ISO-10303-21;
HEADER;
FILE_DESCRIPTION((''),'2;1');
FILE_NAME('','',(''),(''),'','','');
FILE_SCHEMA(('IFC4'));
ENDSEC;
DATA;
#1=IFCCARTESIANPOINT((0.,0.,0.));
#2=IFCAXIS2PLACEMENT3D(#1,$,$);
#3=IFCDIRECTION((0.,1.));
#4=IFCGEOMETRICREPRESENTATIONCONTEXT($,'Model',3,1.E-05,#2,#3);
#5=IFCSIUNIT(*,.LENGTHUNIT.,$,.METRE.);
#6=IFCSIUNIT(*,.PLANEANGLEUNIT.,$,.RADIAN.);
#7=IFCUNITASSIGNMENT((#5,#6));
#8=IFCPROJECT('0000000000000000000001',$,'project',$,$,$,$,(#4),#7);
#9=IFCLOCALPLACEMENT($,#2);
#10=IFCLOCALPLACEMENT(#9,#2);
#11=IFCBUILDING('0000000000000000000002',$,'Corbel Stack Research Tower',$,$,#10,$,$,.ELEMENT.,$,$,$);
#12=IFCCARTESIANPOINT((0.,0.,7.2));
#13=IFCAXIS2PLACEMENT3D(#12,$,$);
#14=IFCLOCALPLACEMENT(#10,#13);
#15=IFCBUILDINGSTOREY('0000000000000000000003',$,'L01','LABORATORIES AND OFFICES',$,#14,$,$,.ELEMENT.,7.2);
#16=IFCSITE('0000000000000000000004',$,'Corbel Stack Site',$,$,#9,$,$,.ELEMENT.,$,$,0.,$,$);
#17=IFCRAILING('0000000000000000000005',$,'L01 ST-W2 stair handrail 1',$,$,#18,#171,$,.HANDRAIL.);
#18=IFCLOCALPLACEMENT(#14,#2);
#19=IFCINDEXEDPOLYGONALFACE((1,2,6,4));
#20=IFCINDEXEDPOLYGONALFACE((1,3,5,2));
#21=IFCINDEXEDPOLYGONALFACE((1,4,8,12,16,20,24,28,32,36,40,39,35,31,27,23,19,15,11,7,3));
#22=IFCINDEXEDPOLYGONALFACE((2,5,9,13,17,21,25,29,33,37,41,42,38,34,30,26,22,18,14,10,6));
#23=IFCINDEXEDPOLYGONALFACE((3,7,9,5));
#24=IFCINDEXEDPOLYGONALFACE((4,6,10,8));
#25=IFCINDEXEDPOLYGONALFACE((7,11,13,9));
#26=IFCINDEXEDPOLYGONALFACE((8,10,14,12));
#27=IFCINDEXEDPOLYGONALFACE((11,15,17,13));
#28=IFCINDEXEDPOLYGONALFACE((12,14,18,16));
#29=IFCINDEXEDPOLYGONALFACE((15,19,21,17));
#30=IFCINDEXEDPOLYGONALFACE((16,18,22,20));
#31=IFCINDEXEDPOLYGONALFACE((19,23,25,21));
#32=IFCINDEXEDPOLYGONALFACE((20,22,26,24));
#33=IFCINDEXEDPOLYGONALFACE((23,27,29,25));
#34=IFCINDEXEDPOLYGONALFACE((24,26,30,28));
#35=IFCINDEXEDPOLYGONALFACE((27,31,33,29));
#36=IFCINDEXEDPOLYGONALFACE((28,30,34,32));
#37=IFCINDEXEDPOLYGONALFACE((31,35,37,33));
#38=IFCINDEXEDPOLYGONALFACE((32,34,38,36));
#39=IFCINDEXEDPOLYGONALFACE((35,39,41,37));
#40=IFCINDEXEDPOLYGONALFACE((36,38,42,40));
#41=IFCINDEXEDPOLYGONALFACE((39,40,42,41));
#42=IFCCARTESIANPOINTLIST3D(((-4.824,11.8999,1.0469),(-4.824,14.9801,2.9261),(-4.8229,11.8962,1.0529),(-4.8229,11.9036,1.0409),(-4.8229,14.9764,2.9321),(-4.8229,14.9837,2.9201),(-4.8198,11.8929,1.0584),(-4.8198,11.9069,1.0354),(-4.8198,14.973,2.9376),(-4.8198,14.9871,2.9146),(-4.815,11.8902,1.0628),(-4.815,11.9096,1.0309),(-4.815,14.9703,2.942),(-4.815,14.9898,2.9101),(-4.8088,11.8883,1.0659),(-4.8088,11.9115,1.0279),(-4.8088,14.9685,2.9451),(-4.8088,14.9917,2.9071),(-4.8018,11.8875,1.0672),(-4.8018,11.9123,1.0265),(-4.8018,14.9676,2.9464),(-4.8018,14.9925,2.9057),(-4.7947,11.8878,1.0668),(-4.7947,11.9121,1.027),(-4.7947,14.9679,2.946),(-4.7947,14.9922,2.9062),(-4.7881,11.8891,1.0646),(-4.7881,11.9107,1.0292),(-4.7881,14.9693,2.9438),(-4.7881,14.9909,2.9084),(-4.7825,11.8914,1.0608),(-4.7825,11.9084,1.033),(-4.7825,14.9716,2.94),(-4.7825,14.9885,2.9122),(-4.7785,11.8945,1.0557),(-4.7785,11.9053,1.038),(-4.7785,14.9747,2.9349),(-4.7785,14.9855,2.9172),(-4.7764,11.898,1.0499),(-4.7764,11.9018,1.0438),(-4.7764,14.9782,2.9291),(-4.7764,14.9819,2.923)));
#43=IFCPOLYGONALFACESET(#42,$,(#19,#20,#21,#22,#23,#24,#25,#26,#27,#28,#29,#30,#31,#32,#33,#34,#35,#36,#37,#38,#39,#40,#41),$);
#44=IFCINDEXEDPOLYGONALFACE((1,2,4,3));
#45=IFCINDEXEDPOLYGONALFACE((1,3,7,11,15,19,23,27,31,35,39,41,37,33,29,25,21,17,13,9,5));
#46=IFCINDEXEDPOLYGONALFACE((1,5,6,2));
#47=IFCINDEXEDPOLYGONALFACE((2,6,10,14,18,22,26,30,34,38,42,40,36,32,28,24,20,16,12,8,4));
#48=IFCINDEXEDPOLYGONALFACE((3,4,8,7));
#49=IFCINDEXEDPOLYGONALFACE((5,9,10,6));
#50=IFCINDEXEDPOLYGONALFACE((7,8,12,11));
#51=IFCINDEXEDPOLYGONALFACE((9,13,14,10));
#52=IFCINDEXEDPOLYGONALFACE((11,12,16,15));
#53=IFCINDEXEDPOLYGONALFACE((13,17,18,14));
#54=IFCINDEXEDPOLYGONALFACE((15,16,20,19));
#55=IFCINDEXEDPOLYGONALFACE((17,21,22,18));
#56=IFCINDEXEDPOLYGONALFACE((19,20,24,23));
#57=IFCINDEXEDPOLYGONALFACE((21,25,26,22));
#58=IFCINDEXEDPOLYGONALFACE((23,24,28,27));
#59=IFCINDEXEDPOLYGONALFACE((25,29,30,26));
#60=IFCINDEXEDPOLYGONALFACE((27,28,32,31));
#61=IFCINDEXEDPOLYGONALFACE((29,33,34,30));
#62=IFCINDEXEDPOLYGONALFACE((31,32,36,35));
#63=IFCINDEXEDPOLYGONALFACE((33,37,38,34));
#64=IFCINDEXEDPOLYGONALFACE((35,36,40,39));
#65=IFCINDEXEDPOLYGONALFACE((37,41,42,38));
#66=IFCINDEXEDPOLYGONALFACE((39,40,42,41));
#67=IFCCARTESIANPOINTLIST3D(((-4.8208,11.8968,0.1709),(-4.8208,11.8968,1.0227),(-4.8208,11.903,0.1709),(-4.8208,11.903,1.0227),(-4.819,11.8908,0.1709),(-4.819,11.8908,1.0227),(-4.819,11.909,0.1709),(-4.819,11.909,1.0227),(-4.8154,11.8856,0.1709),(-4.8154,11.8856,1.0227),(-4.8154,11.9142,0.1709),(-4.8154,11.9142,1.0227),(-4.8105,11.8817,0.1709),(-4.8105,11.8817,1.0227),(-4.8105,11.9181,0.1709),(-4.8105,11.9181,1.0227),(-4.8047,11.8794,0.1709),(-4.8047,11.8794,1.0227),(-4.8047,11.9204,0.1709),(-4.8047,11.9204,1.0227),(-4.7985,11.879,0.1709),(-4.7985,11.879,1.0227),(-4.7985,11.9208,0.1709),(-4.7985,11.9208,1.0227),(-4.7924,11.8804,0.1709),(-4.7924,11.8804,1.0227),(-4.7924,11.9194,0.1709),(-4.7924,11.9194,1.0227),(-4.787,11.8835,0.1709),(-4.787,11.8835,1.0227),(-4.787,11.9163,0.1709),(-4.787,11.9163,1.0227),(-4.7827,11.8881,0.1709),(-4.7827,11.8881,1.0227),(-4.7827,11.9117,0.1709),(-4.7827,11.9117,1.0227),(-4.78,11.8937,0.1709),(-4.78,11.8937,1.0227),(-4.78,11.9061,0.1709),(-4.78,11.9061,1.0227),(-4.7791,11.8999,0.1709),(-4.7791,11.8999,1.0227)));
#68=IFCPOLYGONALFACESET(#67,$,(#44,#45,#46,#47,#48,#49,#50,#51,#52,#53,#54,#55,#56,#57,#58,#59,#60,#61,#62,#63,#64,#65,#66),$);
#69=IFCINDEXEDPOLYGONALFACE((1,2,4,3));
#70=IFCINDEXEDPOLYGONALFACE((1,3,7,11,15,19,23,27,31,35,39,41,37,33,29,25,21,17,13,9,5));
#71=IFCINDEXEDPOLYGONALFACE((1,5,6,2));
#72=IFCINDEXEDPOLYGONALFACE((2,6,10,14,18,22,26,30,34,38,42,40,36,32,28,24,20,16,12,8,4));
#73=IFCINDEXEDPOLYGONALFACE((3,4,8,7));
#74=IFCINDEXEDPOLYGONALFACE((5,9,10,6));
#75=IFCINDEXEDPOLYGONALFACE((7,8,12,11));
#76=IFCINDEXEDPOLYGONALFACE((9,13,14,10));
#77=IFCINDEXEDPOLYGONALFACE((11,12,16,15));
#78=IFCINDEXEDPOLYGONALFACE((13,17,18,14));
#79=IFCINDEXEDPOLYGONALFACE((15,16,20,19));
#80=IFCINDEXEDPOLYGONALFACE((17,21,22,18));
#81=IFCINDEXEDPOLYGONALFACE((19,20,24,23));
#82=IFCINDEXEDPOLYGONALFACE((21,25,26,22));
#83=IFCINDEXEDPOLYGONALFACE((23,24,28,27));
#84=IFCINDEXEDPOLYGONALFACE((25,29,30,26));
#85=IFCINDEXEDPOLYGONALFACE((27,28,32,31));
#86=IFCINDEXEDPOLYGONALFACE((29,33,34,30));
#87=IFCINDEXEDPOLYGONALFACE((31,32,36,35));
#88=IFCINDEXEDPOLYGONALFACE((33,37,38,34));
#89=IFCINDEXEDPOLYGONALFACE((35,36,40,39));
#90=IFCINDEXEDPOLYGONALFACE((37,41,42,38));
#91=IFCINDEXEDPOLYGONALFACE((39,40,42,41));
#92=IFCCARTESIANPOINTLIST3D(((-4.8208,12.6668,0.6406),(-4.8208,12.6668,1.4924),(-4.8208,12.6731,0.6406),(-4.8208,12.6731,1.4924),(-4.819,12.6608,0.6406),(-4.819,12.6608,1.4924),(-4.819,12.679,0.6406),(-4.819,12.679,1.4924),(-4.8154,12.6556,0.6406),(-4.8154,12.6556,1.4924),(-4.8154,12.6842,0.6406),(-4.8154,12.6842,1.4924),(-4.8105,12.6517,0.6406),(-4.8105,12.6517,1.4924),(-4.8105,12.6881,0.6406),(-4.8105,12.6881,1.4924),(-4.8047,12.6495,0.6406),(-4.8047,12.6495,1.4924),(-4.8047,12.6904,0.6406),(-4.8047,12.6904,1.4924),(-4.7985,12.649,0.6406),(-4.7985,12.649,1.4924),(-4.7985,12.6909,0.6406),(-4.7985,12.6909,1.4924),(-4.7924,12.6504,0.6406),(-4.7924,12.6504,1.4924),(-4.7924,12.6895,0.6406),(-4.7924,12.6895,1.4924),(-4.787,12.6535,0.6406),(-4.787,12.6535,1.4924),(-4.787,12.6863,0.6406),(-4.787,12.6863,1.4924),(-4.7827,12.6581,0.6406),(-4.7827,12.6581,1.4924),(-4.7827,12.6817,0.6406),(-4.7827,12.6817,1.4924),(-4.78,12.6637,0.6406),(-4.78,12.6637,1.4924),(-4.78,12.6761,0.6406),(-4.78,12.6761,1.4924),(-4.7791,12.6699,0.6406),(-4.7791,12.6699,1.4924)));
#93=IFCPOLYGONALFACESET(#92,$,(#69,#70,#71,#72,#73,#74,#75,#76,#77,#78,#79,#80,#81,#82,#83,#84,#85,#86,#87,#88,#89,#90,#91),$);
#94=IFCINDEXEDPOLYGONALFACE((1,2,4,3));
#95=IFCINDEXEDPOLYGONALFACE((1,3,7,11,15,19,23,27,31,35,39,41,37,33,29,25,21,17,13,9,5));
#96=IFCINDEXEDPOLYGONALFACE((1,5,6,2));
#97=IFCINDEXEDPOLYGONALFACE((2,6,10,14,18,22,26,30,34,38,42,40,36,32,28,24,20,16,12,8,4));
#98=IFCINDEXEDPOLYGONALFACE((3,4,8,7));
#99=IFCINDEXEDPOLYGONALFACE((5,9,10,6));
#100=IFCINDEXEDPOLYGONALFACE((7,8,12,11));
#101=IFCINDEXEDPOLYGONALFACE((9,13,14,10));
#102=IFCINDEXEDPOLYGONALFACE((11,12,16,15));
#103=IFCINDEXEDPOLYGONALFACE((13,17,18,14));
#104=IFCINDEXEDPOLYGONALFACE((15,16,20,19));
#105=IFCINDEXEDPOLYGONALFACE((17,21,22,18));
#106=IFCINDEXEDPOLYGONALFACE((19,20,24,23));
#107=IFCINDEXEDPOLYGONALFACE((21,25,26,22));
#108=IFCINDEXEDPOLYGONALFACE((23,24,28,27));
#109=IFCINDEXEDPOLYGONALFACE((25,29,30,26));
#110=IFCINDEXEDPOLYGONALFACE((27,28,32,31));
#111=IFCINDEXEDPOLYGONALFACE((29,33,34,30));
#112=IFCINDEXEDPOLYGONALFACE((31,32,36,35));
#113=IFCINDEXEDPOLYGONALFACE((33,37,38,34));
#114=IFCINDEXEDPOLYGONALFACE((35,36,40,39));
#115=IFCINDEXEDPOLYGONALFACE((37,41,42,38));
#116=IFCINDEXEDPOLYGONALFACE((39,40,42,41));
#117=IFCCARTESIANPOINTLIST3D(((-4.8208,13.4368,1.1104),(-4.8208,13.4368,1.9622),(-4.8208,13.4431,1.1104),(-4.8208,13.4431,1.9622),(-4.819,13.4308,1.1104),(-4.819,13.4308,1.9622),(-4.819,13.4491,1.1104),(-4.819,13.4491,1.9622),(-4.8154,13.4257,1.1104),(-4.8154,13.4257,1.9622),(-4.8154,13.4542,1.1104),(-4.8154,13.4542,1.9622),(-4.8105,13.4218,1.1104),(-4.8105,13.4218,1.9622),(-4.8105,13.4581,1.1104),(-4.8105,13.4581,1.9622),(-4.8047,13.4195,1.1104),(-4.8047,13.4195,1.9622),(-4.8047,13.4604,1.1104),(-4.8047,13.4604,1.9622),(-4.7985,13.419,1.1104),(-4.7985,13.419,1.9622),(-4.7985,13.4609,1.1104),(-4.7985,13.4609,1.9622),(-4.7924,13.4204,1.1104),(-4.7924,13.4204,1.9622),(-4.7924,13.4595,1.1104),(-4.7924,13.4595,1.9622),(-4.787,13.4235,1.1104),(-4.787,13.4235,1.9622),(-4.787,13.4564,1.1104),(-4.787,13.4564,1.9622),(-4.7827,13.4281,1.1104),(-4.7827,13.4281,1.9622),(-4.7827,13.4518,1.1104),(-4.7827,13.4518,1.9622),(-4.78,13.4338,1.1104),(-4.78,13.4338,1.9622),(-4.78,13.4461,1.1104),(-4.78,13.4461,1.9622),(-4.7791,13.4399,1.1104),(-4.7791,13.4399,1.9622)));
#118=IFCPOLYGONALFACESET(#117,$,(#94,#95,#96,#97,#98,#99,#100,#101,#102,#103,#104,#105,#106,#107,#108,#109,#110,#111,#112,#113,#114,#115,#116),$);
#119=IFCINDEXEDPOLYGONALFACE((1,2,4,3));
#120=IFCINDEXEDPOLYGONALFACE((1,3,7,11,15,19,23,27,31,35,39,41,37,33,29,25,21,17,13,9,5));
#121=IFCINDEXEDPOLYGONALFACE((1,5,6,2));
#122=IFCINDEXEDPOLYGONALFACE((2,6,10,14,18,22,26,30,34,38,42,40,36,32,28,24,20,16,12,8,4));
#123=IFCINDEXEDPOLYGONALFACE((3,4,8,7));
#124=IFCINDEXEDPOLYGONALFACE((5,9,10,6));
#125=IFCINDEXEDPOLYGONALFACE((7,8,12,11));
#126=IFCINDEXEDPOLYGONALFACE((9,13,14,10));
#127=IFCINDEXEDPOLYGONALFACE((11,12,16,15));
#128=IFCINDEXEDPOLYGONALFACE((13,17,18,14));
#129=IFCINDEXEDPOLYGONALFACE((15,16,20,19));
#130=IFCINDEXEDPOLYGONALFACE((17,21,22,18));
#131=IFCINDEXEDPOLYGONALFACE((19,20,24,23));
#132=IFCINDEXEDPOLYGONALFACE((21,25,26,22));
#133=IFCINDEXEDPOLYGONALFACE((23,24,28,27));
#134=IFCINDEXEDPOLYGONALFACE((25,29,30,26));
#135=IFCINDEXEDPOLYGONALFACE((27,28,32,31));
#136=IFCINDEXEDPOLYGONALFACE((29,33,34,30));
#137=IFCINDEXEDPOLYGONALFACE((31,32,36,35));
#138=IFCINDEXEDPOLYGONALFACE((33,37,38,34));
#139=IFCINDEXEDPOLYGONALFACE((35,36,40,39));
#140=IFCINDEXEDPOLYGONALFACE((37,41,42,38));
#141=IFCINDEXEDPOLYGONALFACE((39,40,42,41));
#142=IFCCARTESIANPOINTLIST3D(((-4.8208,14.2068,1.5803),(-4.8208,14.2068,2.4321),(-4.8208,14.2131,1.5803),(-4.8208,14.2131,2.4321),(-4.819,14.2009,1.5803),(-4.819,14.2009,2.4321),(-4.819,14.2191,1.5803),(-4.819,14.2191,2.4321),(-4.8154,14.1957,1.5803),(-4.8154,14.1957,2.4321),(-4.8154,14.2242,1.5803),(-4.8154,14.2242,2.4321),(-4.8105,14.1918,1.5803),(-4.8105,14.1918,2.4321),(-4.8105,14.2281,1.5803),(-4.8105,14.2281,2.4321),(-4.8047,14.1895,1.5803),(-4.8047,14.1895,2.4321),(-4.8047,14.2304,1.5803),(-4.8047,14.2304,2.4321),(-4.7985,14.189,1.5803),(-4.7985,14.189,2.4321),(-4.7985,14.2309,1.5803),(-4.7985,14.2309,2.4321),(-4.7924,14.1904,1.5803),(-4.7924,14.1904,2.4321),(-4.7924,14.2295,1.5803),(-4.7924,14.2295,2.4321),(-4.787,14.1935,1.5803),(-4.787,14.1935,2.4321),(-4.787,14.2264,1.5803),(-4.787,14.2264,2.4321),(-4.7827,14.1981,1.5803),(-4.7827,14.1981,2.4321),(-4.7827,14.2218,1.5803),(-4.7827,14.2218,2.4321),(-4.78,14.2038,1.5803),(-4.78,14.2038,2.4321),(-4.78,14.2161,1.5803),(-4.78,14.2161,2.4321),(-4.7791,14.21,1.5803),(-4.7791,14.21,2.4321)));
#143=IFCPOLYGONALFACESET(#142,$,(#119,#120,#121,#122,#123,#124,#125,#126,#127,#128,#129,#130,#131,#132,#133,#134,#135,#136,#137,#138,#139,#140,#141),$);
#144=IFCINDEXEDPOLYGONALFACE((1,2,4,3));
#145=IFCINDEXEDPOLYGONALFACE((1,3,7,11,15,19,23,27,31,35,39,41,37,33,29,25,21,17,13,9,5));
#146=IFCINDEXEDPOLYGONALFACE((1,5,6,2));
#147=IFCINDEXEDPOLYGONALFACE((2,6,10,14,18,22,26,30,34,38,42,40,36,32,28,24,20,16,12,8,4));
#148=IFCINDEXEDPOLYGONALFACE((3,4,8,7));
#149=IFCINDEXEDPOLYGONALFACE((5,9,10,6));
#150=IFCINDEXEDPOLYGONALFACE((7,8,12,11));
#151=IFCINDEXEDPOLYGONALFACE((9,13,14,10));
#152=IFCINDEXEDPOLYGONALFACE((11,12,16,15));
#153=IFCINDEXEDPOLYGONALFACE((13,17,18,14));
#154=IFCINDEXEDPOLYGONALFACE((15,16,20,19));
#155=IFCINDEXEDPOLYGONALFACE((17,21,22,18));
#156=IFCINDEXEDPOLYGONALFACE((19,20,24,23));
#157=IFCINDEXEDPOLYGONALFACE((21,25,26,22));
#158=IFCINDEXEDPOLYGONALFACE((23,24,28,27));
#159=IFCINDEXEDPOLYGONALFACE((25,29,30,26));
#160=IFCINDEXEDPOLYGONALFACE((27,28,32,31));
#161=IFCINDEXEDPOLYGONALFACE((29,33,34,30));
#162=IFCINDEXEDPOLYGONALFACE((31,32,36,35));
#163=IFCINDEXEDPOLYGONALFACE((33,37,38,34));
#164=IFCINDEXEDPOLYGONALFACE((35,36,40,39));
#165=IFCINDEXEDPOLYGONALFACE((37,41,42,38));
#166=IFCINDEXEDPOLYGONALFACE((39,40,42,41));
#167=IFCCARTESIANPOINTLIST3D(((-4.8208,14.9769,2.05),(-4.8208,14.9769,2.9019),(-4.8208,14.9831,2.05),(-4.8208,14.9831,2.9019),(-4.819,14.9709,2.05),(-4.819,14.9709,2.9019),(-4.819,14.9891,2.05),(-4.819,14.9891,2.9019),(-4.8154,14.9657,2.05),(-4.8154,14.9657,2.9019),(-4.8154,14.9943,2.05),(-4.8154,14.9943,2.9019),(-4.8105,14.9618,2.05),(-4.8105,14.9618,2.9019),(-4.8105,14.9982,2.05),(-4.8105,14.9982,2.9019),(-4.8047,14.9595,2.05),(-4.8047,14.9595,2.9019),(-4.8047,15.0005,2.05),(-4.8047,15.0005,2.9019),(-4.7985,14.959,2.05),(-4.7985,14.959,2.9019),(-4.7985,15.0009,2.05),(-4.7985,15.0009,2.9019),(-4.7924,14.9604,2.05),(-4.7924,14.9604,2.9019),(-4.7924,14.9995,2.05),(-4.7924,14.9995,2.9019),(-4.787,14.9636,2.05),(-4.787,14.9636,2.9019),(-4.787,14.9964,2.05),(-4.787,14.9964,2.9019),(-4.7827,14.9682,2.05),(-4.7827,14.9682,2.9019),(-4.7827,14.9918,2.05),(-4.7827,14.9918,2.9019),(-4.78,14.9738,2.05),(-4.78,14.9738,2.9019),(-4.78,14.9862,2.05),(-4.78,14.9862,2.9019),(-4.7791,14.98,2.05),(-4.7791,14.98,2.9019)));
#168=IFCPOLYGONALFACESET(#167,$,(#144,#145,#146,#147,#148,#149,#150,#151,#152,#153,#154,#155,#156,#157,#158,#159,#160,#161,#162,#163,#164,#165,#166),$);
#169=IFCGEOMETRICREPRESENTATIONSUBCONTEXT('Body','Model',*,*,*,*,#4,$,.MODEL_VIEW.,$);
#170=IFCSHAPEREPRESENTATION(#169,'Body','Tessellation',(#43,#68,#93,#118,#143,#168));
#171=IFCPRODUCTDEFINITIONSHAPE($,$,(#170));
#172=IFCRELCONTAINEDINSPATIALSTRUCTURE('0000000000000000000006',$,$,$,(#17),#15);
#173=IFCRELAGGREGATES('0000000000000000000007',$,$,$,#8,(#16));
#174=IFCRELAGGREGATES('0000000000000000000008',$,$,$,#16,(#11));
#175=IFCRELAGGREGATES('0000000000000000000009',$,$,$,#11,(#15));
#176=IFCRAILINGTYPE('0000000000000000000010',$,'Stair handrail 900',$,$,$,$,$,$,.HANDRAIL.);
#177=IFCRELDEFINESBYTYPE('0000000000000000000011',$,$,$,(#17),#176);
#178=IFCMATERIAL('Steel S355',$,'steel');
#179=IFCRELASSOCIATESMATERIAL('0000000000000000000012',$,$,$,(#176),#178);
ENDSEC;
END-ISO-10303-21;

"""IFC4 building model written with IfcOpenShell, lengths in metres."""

from ifc_helpers import new_model, si_unit, direction, frame, origin, origin_2d, place, context, subcontext, project, spatial, circle, extrude, material, type_object, element, save


model = new_model("IFC4")

# Units and contexts
model_context = context("Model", 3, precision=1e-05, world=origin(), true_north=direction((0.0, 1.0)))
body_context = subcontext(model_context, "Body", "Model", "MODEL_VIEW")
ifc_project = project(units=[si_unit("LENGTHUNIT", "METRE"), si_unit("PLANEANGLEUNIT", "RADIAN")], contexts=[model_context])

# Site, building, storey
site_placement = place(None, origin())
site = spatial("IfcSite", under=ifc_project, at=site_placement, Name="Corbel Stack Site", CompositionType="ELEMENT", RefElevation=0.0)
building_placement = place(site_placement, origin())
building = spatial("IfcBuilding", under=site, at=building_placement, Name="Corbel Stack Research Tower", CompositionType="ELEMENT")
storey_placement = place(building_placement, frame((0.0, 0.0, 7.2)))
storey = spatial("IfcBuildingStorey", under=building, at=storey_placement, Name="L01", Description="LABORATORIES AND OFFICES", CompositionType="ELEMENT", Elevation=7.2)

# Railing
ifc_material_1 = material(Name="Steel S355", Category="steel")
railing_type_1 = type_object("IfcRailingType", Name="Stair handrail 900", PredefinedType="HANDRAIL", material=ifc_material_1)
railing_1_placement = place(storey_placement, frame((-4.8, 11.8999, 0.1709)))
element("IfcRailing", 1, at=railing_1_placement, inside=storey, type_object=railing_type_1, Name="L01 ST-W2 stair handrail 1", PredefinedType="HANDRAIL", context=body_context, shape_type="SweptSolid", body=[
    extrude(circle(Radius=0.0239, at=origin_2d()), frame((0.0, 0.0, 0.876), z_axis=(0.0, 0.853666, 0.52082), x_axis=(-1.0, 0.0, 0.0)), (0.0, 0.0, 1.0), 3.6082),
    extrude(circle(Radius=0.021, at=origin_2d()), origin(), (0.0, 0.0, 1.0), 0.8518),
    extrude(circle(Radius=0.021, at=origin_2d()), frame((0.0, 0.77, 0.4697)), (0.0, 0.0, 1.0), 0.8518),
    extrude(circle(Radius=0.021, at=origin_2d()), frame((0.0, 1.54, 0.9395)), (0.0, 0.0, 1.0), 0.8518),
    extrude(circle(Radius=0.021, at=origin_2d()), frame((0.0, 2.3101, 1.4094)), (0.0, 0.0, 1.0), 0.8518),
    extrude(circle(Radius=0.021, at=origin_2d()), frame((0.0, 3.0801, 1.8792)), (0.0, 0.0, 1.0), 0.8518),
])

save(model, "model.ifc")
